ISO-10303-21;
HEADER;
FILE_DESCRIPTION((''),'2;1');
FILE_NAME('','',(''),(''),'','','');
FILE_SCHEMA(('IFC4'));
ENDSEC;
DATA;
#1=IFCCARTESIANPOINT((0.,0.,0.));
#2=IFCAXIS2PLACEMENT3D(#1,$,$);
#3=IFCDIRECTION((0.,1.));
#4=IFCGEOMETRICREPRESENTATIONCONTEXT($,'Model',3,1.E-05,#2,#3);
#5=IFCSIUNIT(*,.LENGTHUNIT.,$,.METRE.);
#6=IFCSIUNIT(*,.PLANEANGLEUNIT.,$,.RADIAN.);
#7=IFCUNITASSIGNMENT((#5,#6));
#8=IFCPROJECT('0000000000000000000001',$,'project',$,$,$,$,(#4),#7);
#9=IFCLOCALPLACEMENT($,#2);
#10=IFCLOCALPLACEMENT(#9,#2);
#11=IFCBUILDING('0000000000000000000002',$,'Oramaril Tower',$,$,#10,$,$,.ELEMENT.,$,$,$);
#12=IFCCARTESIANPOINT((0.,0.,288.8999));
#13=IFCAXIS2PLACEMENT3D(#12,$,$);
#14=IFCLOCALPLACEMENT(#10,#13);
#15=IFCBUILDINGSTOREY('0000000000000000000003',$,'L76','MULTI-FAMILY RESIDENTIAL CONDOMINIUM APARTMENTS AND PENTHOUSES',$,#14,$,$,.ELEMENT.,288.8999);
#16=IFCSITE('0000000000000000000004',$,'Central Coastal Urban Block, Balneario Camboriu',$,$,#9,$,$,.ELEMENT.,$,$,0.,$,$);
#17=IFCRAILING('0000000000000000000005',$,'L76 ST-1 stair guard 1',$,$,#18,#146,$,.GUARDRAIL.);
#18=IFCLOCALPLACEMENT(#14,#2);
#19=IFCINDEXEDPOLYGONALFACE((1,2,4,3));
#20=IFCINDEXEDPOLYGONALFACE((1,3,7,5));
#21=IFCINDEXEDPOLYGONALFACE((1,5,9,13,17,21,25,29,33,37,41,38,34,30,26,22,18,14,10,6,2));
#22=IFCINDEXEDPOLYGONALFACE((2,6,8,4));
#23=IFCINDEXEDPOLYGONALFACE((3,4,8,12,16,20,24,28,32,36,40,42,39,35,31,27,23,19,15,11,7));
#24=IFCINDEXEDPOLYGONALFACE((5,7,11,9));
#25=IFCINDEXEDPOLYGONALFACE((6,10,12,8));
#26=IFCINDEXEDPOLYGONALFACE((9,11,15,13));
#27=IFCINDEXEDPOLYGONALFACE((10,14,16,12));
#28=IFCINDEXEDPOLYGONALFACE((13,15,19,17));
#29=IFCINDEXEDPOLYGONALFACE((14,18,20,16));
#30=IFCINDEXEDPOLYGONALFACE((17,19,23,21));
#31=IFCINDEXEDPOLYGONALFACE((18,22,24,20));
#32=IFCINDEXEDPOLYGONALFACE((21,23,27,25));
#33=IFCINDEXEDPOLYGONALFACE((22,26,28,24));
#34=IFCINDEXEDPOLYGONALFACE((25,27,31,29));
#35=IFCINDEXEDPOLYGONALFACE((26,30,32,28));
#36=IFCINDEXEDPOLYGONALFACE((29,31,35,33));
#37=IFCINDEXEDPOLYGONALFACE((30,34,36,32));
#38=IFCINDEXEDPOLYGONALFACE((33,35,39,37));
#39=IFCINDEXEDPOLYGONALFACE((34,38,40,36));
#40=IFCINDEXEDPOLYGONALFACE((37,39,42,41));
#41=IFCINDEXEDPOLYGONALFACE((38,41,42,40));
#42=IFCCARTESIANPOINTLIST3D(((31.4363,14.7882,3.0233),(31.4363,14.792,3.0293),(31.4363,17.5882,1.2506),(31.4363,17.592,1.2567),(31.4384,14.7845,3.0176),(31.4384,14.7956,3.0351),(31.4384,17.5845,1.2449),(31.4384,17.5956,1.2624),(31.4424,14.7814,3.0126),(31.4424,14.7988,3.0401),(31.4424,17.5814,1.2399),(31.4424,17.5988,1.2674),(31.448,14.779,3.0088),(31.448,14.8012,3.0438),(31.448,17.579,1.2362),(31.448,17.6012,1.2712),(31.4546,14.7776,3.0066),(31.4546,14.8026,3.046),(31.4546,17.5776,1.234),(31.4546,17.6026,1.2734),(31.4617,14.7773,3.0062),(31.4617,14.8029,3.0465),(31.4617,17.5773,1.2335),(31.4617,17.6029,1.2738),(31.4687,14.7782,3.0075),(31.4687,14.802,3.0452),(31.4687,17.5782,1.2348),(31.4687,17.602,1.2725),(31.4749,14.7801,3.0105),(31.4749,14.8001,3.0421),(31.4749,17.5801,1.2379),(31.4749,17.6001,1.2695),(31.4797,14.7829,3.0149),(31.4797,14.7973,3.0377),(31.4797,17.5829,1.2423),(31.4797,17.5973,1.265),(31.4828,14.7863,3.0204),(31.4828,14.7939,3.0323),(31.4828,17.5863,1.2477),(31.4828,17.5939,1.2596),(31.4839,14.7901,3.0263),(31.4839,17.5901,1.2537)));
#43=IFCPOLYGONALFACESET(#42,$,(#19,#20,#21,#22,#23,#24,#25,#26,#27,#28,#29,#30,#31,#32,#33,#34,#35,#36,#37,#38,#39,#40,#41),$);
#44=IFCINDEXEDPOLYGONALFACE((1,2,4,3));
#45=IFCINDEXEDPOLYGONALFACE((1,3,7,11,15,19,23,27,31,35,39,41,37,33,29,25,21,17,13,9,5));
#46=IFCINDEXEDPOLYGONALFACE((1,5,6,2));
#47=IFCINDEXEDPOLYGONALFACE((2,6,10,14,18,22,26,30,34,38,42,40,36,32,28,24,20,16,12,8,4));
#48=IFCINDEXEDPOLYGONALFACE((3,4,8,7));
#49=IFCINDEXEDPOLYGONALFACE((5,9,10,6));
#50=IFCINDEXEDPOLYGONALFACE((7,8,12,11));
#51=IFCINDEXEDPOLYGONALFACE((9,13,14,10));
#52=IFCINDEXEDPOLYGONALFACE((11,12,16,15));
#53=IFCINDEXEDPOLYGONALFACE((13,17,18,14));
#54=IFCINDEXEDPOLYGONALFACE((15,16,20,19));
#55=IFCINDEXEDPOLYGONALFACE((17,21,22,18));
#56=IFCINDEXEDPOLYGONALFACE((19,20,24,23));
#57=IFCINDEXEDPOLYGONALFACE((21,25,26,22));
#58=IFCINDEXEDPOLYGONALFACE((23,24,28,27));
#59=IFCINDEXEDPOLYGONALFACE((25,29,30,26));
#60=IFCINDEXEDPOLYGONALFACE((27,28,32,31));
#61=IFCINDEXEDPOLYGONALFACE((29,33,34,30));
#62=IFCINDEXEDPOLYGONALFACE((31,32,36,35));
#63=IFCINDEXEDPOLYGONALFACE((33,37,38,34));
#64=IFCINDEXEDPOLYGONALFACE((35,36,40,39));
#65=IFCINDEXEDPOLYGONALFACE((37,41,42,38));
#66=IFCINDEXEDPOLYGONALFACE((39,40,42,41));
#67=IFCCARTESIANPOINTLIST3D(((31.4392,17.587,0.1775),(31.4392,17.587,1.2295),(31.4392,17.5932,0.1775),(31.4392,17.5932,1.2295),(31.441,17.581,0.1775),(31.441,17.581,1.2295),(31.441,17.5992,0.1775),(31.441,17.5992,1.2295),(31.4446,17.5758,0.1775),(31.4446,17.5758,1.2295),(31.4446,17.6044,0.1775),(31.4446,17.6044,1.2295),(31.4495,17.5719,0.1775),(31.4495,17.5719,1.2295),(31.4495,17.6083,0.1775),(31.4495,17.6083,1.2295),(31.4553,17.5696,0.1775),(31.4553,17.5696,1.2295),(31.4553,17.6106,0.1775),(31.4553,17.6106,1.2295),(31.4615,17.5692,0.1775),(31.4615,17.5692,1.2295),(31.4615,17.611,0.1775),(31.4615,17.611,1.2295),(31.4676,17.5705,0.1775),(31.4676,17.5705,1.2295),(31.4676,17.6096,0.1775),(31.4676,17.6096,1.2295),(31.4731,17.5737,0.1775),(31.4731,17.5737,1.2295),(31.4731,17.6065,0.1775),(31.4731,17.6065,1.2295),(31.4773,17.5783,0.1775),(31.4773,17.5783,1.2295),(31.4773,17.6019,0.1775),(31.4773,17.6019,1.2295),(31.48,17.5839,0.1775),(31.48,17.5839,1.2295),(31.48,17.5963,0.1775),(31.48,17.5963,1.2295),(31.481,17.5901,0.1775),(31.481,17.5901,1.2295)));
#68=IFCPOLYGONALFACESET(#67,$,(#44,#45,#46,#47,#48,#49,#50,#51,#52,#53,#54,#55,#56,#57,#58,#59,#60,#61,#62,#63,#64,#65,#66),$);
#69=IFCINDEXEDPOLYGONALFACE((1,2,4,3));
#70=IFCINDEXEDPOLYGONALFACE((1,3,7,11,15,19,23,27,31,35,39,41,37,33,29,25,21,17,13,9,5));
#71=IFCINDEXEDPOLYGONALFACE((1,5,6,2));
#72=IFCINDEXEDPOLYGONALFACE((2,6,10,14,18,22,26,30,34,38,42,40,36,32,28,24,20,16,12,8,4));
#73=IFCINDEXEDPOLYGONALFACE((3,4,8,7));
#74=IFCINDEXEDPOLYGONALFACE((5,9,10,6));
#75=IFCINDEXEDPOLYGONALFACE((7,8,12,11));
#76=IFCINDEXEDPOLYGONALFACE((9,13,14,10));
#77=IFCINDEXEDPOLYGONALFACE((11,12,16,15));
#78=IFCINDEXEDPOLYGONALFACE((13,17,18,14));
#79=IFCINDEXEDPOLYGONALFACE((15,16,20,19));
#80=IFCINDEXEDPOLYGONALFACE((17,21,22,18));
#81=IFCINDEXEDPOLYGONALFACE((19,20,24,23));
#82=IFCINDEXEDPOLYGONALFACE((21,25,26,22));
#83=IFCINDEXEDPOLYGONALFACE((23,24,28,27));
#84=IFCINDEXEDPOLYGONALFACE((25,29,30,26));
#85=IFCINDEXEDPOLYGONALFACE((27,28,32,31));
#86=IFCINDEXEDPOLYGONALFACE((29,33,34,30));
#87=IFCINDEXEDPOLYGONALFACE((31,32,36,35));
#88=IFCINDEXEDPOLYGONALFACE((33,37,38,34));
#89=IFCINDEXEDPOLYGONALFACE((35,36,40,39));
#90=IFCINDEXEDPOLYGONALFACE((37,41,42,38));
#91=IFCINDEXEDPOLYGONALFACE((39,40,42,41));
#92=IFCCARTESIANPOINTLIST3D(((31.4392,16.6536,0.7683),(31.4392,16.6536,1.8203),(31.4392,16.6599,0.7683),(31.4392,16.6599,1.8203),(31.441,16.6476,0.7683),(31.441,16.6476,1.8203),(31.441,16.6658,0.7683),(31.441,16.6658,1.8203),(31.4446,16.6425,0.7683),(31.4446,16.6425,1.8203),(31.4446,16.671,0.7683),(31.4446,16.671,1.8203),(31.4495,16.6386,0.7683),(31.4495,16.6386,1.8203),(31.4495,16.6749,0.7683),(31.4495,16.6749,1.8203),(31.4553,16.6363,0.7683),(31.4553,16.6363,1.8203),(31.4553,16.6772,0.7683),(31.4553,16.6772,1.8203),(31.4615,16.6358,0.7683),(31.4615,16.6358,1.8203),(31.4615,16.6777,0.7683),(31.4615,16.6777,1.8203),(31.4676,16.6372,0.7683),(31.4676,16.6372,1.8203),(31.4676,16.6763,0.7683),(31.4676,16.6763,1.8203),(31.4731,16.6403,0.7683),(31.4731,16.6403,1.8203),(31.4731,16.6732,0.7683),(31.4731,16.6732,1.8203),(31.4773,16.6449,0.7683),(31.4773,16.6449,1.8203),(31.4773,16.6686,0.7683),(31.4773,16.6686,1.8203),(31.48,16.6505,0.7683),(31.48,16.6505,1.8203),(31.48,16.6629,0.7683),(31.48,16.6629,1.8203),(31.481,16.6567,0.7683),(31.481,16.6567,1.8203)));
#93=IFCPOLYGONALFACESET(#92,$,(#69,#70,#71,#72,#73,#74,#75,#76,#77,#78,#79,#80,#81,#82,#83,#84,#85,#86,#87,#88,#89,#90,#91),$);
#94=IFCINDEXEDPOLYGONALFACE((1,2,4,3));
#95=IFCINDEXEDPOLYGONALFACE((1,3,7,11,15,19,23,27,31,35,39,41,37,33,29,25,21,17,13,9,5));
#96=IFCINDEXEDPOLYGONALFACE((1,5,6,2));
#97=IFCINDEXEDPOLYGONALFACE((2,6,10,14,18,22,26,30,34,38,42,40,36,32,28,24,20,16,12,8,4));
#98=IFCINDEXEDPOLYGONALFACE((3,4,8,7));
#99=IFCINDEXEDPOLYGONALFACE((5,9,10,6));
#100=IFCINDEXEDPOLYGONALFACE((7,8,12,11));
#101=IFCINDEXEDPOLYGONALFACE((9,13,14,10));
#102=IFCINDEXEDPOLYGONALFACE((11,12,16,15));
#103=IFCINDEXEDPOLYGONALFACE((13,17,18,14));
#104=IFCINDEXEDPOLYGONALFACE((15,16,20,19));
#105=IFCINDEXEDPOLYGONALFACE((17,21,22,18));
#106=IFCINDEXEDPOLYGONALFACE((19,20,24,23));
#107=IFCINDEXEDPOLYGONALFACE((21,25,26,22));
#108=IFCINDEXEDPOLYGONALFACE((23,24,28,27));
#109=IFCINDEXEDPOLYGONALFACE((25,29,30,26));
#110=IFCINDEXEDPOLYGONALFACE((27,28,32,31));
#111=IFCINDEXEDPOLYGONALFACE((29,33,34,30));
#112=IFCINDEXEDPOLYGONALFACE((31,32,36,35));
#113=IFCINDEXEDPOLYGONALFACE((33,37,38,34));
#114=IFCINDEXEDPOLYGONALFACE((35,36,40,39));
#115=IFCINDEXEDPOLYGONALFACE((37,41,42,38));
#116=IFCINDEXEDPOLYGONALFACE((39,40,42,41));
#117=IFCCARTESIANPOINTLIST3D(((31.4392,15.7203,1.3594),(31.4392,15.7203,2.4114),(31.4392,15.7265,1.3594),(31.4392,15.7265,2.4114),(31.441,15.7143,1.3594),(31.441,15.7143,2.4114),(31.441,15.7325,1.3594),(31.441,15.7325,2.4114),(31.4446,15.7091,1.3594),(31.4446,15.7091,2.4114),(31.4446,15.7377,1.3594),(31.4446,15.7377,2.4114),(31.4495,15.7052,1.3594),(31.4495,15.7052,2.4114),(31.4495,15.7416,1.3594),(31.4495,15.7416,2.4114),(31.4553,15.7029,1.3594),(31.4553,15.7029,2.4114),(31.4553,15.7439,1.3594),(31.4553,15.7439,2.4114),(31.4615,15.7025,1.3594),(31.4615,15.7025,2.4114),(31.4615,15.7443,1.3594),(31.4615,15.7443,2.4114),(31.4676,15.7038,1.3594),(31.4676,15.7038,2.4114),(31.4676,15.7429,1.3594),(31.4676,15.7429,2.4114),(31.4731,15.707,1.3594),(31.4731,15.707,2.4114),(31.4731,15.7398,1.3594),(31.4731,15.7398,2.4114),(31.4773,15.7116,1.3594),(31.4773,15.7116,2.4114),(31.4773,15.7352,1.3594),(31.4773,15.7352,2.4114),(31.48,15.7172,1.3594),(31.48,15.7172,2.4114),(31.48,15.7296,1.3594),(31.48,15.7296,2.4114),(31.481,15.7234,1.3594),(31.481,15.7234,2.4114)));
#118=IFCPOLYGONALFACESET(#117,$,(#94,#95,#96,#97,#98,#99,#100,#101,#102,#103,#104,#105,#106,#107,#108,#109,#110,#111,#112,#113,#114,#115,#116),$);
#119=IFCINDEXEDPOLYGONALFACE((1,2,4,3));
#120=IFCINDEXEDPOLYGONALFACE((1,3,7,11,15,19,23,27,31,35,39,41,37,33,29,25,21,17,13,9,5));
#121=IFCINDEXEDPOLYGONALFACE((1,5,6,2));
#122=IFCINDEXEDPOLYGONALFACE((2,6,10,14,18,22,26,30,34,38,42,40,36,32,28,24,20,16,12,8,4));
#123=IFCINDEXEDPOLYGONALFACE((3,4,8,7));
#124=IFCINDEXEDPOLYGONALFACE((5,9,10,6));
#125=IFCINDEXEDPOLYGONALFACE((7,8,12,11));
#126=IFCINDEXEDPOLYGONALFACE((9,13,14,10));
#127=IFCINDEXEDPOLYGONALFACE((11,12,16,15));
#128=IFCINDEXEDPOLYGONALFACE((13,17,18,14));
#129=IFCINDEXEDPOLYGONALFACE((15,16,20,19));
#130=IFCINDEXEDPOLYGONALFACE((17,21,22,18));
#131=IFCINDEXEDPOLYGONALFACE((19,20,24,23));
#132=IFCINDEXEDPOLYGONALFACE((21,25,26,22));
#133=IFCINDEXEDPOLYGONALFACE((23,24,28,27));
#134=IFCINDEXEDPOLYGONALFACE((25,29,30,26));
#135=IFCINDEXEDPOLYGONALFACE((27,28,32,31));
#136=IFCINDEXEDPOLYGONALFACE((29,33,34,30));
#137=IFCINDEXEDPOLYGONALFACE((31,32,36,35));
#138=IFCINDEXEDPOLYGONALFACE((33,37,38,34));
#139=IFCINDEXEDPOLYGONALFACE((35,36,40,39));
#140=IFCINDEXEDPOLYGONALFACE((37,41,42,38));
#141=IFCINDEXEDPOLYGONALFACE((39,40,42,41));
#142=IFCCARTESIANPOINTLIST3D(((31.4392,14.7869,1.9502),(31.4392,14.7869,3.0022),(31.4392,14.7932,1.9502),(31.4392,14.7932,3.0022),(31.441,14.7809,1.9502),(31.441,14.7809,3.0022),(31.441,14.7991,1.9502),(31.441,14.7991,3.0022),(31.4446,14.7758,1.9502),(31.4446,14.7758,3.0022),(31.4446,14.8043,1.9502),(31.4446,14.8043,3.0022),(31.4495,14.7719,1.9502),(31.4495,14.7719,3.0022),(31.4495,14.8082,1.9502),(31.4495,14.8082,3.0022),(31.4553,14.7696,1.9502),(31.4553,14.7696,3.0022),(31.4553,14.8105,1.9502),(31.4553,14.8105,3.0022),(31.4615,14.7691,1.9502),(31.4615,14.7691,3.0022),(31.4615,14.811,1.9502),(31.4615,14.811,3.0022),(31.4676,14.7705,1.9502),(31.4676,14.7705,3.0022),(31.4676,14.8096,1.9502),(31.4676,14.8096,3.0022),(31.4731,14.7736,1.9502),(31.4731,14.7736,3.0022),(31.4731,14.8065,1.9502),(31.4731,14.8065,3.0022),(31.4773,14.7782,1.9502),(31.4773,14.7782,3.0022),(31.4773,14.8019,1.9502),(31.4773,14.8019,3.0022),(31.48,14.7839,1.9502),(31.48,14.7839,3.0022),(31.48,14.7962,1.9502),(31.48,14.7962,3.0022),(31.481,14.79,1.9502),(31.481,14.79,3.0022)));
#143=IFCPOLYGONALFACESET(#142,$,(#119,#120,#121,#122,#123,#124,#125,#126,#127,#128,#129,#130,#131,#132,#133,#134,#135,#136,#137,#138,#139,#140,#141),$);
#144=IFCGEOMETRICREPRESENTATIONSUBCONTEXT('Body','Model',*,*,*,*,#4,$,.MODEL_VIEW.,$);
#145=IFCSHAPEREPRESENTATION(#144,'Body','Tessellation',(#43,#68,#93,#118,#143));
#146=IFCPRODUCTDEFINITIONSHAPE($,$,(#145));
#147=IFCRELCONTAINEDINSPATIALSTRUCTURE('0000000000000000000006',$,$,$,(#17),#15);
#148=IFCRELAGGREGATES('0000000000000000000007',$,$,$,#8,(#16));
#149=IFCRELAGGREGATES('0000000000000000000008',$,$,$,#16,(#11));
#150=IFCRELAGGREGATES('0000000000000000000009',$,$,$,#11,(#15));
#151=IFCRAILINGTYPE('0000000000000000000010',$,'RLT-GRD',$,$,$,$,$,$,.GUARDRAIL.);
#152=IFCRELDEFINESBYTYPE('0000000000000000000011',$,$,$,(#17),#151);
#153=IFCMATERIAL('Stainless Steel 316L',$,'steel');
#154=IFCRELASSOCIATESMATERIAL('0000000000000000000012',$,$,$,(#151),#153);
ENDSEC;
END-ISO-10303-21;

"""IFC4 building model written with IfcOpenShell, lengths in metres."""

from ifc_helpers import new_model, si_unit, direction, frame, origin, origin_2d, place, context, subcontext, project, spatial, circle, extrude, material, type_object, element, save


model = new_model("IFC4")

# Units and contexts
model_context = context("Model", 3, precision=1e-05, world=origin(), true_north=direction((0.0, 1.0)))
body_context = subcontext(model_context, "Body", "Model", "MODEL_VIEW")
ifc_project = project(units=[si_unit("LENGTHUNIT", "METRE"), si_unit("PLANEANGLEUNIT", "RADIAN")], contexts=[model_context])

# Site, building, storey
site_placement = place(None, origin())
site = spatial("IfcSite", under=ifc_project, at=site_placement, Name="Central Coastal Urban Block, Balneario Camboriu", CompositionType="ELEMENT", RefElevation=0.0)
building_placement = place(site_placement, origin())
building = spatial("IfcBuilding", under=site, at=building_placement, Name="Oramaril Tower", CompositionType="ELEMENT")
storey_placement = place(building_placement, frame((0.0, 0.0, 288.8999)))
storey = spatial("IfcBuildingStorey", under=building, at=storey_placement, Name="L76", Description="MULTI-FAMILY RESIDENTIAL CONDOMINIUM APARTMENTS AND PENTHOUSES", CompositionType="ELEMENT", Elevation=288.8999)

# Railing
ifc_material_1 = material(Name="Stainless Steel 316L", Category="steel")
railing_type_1 = type_object("IfcRailingType", Name="RLT-GRD", PredefinedType="GUARDRAIL", material=ifc_material_1)
railing_1_placement = place(storey_placement, frame((31.46, 17.5901, 0.1775)))
element("IfcRailing", 1, at=railing_1_placement, inside=storey, type_object=railing_type_1, Name="L76 ST-1 stair guard 1", PredefinedType="GUARDRAIL", context=body_context, shape_type="SweptSolid", body=[
    extrude(circle(Radius=0.0239, at=origin_2d()), frame((0.0, 0.0, 1.0762), z_axis=(0.0, -0.844909, 0.53491), x_axis=(1.0, 0.0, 0.0)), (0.0, 0.0, 1.0), 3.314),
    extrude(circle(Radius=0.021, at=origin_2d()), origin(), (0.0, 0.0, 1.0), 1.052),
    extrude(circle(Radius=0.021, at=origin_2d()), frame((0.0, -0.9333, 0.5908)), (0.0, 0.0, 1.0), 1.052),
    extrude(circle(Radius=0.021, at=origin_2d()), frame((0.0, -1.8667, 1.1819)), (0.0, 0.0, 1.0), 1.052),
    extrude(circle(Radius=0.021, at=origin_2d()), frame((0.0, -2.8, 1.7727)), (0.0, 0.0, 1.0), 1.052),
])

save(model, "model.ifc")
